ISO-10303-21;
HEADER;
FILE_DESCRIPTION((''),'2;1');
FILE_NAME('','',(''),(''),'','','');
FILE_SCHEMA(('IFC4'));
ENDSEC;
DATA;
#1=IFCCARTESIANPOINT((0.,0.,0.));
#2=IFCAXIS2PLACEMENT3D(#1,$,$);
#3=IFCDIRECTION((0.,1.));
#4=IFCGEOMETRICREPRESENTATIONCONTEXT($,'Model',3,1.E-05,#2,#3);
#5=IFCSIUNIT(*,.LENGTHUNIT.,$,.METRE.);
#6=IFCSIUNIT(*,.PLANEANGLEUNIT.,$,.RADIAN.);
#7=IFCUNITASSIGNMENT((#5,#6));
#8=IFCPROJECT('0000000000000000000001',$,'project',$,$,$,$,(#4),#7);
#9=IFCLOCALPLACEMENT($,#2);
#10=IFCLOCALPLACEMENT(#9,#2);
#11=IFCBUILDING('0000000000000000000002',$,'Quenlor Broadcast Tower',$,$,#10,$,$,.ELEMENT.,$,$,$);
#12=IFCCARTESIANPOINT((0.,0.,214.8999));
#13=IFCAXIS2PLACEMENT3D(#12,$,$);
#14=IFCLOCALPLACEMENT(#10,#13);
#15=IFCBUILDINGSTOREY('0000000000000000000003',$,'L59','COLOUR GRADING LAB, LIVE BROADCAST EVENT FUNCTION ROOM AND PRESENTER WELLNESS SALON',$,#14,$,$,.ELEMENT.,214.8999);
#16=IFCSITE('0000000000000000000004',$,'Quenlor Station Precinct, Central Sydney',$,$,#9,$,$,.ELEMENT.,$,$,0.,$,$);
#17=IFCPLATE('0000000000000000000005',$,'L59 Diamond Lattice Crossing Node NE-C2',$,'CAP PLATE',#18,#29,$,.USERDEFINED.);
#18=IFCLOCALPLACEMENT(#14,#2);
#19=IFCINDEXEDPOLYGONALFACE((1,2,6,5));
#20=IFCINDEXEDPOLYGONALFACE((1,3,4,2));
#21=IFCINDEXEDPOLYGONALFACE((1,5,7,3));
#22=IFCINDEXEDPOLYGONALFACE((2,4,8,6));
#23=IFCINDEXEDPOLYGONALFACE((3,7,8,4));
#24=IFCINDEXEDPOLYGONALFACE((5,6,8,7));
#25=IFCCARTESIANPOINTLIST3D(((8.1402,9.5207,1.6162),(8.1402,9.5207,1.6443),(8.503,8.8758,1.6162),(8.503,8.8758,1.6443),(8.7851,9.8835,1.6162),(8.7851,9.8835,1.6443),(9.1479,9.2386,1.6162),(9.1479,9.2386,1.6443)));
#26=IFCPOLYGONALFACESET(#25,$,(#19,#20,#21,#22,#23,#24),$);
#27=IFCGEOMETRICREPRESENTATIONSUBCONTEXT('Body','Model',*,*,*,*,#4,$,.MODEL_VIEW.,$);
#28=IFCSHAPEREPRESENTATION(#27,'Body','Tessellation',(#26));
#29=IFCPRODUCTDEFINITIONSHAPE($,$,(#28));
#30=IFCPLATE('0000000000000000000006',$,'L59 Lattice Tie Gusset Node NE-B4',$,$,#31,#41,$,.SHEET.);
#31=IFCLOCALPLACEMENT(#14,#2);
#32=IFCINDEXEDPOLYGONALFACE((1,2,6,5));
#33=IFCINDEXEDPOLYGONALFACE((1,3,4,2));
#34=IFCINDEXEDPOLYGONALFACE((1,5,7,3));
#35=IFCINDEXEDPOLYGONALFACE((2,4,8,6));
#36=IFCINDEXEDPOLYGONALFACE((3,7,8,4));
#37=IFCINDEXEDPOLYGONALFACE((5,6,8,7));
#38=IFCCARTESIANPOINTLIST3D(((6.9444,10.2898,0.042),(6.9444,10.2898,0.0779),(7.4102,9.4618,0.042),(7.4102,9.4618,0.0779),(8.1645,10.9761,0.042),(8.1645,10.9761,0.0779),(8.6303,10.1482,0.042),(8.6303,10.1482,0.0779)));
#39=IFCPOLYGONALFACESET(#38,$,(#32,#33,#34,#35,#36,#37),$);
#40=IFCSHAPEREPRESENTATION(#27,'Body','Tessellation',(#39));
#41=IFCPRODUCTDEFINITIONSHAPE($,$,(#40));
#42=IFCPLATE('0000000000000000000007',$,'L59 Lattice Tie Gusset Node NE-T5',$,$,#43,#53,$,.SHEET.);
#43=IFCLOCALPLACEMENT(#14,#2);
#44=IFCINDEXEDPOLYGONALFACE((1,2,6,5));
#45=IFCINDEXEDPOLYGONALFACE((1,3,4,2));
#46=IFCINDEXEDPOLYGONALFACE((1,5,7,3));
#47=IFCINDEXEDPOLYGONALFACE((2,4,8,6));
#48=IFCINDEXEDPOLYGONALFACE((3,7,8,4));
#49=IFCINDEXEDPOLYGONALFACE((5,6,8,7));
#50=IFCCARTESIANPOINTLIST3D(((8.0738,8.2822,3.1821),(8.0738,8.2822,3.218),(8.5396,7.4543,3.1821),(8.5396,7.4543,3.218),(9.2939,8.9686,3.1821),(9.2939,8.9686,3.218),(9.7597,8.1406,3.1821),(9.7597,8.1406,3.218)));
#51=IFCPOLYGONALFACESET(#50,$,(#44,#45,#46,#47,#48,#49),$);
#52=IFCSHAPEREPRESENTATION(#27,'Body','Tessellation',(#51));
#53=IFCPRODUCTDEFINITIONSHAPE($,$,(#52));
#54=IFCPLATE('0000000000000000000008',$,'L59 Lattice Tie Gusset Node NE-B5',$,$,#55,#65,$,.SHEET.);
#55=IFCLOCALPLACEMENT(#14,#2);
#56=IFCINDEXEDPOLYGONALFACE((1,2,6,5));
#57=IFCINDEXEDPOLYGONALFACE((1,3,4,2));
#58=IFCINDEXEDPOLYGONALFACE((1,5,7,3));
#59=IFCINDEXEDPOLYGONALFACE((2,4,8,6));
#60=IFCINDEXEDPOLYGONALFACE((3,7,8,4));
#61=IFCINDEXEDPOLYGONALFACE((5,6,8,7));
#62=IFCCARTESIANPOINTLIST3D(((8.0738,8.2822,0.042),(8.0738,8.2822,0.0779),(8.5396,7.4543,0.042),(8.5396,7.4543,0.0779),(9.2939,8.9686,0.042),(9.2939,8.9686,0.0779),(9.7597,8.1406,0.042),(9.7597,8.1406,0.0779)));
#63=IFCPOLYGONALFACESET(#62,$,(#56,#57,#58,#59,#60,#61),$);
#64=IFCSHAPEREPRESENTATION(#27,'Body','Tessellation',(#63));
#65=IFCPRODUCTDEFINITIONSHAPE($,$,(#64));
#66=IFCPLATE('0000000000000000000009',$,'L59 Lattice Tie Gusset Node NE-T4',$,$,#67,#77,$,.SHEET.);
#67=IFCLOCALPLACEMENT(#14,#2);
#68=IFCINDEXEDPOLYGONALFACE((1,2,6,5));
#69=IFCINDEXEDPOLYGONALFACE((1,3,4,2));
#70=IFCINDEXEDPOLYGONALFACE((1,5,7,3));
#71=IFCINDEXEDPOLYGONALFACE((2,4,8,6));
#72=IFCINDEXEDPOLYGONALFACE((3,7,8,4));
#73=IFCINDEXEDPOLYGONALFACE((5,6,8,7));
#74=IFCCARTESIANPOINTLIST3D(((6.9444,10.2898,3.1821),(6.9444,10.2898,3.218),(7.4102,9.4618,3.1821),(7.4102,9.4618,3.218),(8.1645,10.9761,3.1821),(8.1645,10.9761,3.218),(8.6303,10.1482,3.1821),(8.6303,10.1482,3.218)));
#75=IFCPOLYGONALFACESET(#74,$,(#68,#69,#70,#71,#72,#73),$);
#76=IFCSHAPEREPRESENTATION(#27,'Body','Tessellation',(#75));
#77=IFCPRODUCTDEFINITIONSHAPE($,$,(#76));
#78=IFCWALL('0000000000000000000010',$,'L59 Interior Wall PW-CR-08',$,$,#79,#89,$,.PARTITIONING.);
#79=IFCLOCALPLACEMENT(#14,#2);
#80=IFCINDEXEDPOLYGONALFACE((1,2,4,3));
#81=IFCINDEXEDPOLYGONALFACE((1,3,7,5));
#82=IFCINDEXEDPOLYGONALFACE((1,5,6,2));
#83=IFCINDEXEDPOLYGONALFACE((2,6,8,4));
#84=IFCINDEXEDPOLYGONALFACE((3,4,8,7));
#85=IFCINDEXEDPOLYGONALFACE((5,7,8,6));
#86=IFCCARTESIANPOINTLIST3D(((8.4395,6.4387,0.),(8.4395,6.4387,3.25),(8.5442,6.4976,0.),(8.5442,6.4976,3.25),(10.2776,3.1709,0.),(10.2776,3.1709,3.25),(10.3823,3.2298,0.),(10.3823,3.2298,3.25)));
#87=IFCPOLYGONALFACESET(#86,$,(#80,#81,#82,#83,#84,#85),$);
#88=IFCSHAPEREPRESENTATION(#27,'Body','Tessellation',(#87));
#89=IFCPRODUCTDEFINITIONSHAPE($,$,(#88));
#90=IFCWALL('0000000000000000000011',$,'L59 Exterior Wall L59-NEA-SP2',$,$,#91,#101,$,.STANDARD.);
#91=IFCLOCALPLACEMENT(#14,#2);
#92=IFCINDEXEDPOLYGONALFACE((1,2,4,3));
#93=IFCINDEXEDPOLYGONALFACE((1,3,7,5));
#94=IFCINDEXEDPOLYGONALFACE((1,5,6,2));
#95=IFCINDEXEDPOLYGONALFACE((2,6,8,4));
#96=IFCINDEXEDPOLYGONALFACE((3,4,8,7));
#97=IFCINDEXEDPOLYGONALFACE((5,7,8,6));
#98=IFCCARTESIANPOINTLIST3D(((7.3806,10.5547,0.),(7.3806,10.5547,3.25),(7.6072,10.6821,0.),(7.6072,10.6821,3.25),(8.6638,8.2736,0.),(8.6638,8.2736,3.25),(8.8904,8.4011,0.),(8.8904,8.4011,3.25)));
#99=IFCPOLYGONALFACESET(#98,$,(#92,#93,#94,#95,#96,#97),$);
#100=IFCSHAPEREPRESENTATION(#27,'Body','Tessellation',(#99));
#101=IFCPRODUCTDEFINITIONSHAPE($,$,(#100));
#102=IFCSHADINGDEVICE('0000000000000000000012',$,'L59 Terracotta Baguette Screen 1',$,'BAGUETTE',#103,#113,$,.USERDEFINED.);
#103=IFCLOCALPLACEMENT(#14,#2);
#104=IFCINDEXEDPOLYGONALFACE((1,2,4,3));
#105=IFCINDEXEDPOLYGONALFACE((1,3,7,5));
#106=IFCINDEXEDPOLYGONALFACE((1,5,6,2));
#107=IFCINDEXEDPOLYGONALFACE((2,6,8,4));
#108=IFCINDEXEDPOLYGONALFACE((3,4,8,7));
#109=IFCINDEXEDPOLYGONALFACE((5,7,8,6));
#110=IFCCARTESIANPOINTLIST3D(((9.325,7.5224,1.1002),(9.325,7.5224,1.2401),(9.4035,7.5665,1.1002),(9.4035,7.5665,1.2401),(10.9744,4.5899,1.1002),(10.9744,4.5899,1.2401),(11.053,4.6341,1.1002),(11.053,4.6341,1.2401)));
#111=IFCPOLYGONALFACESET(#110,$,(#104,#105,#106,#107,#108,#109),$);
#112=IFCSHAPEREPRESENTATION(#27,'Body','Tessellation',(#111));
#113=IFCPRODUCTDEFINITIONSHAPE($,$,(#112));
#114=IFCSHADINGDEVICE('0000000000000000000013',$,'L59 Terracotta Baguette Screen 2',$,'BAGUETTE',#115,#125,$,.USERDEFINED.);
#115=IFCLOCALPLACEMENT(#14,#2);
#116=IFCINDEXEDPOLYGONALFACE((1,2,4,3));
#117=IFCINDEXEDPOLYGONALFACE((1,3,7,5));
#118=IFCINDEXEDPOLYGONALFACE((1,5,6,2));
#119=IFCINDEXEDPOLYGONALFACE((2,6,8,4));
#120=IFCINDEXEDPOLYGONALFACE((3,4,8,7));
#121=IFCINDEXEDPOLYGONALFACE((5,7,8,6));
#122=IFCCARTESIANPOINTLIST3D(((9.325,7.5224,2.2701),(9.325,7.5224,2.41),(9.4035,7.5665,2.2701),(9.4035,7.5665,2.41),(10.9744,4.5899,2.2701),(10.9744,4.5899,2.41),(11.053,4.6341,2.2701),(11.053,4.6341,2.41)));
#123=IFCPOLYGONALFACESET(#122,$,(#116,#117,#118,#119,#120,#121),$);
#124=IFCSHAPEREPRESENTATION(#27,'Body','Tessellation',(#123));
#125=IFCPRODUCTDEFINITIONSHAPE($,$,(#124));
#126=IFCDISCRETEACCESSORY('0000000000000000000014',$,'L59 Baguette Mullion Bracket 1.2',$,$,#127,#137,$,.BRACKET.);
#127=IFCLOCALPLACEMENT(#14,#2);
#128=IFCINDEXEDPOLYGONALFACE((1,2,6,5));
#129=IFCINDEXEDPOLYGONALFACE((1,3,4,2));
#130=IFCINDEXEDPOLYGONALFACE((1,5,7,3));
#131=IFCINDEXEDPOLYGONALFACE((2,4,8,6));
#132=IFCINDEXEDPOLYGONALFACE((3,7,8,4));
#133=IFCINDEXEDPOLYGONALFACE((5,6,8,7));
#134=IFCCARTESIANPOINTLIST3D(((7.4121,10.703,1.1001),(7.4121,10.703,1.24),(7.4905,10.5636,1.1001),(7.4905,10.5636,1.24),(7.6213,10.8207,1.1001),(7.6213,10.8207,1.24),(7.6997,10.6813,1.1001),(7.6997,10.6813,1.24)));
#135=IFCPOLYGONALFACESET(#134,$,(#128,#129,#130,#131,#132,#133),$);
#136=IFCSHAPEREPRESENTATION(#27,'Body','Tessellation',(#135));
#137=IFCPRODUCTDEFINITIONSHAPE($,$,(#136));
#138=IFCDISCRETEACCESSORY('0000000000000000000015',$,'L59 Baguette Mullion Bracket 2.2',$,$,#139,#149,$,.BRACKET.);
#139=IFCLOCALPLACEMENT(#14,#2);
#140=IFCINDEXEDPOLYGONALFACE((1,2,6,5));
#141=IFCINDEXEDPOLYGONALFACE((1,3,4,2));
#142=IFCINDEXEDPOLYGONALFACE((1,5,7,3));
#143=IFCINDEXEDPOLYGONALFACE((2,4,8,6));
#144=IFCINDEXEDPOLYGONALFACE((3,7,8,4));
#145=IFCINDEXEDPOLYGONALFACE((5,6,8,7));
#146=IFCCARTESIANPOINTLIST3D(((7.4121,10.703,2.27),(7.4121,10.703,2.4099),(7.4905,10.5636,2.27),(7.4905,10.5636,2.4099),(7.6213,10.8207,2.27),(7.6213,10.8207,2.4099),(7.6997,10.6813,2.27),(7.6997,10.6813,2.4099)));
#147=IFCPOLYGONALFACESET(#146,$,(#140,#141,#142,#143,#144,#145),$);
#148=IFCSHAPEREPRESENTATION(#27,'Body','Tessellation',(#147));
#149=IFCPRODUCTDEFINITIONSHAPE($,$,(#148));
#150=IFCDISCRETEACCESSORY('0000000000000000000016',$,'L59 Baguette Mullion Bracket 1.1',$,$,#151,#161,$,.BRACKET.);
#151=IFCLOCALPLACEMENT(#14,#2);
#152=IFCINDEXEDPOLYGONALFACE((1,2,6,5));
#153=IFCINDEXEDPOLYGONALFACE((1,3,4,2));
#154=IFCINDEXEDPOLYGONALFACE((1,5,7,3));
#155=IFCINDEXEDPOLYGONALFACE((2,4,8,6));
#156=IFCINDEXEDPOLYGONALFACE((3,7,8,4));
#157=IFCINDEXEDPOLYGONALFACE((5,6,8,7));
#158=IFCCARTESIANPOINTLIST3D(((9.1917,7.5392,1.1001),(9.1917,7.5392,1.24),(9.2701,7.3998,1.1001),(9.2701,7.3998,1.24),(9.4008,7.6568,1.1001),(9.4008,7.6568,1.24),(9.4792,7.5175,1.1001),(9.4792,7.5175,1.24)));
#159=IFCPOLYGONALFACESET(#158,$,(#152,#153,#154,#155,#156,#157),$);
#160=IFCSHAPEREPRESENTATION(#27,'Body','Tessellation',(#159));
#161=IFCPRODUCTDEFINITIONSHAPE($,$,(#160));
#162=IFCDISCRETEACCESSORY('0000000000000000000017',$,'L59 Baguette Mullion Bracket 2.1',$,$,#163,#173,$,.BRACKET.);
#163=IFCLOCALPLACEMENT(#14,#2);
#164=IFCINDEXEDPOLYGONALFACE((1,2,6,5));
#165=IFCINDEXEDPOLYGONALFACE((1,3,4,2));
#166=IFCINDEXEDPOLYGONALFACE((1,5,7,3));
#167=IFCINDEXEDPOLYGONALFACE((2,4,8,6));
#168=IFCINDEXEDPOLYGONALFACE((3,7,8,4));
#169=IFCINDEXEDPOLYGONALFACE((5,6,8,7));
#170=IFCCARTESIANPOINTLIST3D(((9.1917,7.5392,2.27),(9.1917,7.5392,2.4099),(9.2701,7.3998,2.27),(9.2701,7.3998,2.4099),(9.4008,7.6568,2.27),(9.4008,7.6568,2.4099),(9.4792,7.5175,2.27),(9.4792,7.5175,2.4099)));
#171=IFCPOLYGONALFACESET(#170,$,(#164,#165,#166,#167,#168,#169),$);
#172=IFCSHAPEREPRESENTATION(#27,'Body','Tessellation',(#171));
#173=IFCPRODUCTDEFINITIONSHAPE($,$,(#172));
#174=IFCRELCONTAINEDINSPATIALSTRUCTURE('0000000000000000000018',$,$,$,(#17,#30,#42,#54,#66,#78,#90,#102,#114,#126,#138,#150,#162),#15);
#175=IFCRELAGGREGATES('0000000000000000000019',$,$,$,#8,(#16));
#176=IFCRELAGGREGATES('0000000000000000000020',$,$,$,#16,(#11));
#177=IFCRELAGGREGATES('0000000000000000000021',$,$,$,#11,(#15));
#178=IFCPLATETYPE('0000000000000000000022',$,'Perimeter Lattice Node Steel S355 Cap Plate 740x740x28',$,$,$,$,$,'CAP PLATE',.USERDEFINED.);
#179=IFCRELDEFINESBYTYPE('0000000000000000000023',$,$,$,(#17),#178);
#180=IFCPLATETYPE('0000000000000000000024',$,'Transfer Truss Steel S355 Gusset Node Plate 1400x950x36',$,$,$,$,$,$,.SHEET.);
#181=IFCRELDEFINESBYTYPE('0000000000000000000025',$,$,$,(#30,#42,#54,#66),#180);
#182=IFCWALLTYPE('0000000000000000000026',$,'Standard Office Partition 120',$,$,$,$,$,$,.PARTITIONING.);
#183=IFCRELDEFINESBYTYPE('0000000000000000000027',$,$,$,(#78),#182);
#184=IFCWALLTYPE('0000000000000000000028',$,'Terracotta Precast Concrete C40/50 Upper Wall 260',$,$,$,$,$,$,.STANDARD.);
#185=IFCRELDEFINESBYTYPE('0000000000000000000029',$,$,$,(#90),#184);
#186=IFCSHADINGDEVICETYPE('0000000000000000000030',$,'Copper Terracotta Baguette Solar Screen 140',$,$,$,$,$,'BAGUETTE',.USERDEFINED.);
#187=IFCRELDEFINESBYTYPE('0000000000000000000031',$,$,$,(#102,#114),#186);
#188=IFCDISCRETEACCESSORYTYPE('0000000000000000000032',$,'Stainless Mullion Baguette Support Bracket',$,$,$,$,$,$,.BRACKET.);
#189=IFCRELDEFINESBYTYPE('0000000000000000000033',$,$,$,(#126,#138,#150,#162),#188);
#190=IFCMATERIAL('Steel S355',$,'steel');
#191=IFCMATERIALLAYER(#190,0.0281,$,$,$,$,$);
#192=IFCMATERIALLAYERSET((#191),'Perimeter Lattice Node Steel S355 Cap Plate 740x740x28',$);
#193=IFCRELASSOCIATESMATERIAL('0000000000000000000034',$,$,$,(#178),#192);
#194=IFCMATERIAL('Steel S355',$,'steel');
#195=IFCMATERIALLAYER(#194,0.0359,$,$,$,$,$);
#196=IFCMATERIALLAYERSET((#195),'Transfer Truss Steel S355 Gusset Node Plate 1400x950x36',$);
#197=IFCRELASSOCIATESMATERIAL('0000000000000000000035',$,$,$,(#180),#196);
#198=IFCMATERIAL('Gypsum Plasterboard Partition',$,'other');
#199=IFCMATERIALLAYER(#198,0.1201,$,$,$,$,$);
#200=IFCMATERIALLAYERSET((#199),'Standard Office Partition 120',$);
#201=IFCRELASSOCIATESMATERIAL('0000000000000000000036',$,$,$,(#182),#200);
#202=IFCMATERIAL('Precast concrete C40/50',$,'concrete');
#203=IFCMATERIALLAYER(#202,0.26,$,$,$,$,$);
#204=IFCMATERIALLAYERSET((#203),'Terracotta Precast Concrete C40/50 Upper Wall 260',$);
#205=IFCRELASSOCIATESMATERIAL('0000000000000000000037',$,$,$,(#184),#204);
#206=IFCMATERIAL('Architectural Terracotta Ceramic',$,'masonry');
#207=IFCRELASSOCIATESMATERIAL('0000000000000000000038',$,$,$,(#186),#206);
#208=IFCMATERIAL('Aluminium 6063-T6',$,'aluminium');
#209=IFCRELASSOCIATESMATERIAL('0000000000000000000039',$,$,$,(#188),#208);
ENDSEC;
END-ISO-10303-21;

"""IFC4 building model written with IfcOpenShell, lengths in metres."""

from ifc_helpers import new_model, si_unit, direction, frame, frame_2d, origin, origin_2d, place, context, subcontext, project, spatial, rectangle, extrude, material, layer, layer_set, material_profile, profile_set, type_object, element, save


model = new_model("IFC4")

# Units and contexts
model_context = context("Model", 3, precision=1e-05, world=origin(), true_north=direction((0.0, 1.0)))
body_context = subcontext(model_context, "Body", "Model", "MODEL_VIEW")
ifc_project = project(units=[si_unit("LENGTHUNIT", "METRE"), si_unit("PLANEANGLEUNIT", "RADIAN")], contexts=[model_context])

# Site, building, storey
site_placement = place(None, origin())
site = spatial("IfcSite", under=ifc_project, at=site_placement, Name="Quenlor Station Precinct, Central Sydney", CompositionType="ELEMENT", RefElevation=0.0)
building_placement = place(site_placement, origin())
building = spatial("IfcBuilding", under=site, at=building_placement, Name="Quenlor Broadcast Tower", CompositionType="ELEMENT")
storey_placement = place(building_placement, frame((0.0, 0.0, 214.8999)))
storey = spatial("IfcBuildingStorey", under=building, at=storey_placement, Name="L59", Description="COLOUR GRADING LAB, LIVE BROADCAST EVENT FUNCTION ROOM AND PRESENTER WELLNESS SALON", CompositionType="ELEMENT", Elevation=214.8999)

# Plates
ifc_material_1 = material(Name="Steel S355", Category="steel")
ifc_layer_1 = layer(ifc_material_1, 0.0281)
ifc_layer_set_1 = layer_set([ifc_layer_1], Name="Perimeter Lattice Node Steel S355 Cap Plate 740x740x28")
plate_type_1 = type_object("IfcPlateType", Name="Perimeter Lattice Node Steel S355 Cap Plate 740x740x28", ElementType="CAP PLATE", PredefinedType="USERDEFINED", material=ifc_layer_set_1)
plate_1_placement = place(storey_placement, frame((8.644, 9.3796, 1.6162), z_axis=(0.0, 0.0, 1.0), x_axis=(0.490295, -0.871556, 0.0)))
element("IfcPlate", 1, at=plate_1_placement, inside=storey, type_object=plate_type_1, Name="L59 Diamond Lattice Crossing Node NE-C2", ObjectType="CAP PLATE", PredefinedType="USERDEFINED", context=body_context, shape_type="SweptSolid", body=[
    extrude(rectangle(XDim=0.74, YDim=0.74, at=origin_2d()), origin(), (0.0, 0.0, 1.0), 0.0281),
])
ifc_material_2 = material(Name="Steel S355", Category="steel")
ifc_layer_2 = layer(ifc_material_2, 0.0359)
ifc_layer_set_2 = layer_set([ifc_layer_2], Name="Transfer Truss Steel S355 Gusset Node Plate 1400x950x36")
plate_type_2 = type_object("IfcPlateType", Name="Transfer Truss Steel S355 Gusset Node Plate 1400x950x36", PredefinedType="SHEET", material=ifc_layer_set_2)
for number, where, z_axis, x_axis, name in (
    (2, (7.7874, 10.219, 0.042), (0.0, 0.0, 1.0), (0.871556, 0.490295, 0.0), "L59 Lattice Tie Gusset Node NE-B4"),
    (3, (8.9167, 8.2114, 3.1821), (0.0, 0.0, 1.0), (0.871556, 0.490295, 0.0), "L59 Lattice Tie Gusset Node NE-T5"),
    (4, (8.9167, 8.2114, 0.042), (0.0, 0.0, 1.0), (0.871556, 0.490295, 0.0), "L59 Lattice Tie Gusset Node NE-B5"),
    (5, (7.7874, 10.219, 3.1821), (0.0, 0.0, 1.0), (0.871556, 0.490295, 0.0), "L59 Lattice Tie Gusset Node NE-T4"),
):
    element("IfcPlate", number, at=place(storey_placement, frame(where, z_axis=z_axis, x_axis=x_axis)), inside=storey, type_object=plate_type_2, Name=name, PredefinedType="SHEET", context=body_context, shape_type="SweptSolid", body=[
        extrude(rectangle(XDim=1.3999, YDim=0.95, at=origin_2d()), origin(), (0.0, 0.0, 1.0), 0.0359),
    ])

# Walls
ifc_material_3 = material(Name="Gypsum Plasterboard Partition", Category="other")
ifc_layer_3 = layer(ifc_material_3, 0.1201)
ifc_layer_set_3 = layer_set([ifc_layer_3], Name="Standard Office Partition 120")
wall_type_1 = type_object("IfcWallType", Name="Standard Office Partition 120", PredefinedType="PARTITIONING", material=ifc_layer_set_3)
wall_1_placement = place(storey_placement, frame((8.4919, 6.468, 0.0), z_axis=(0.0, 0.0, 1.0), x_axis=(0.490258, -0.871577, 0.0)))
element("IfcWall", 6, at=wall_1_placement, inside=storey, type_object=wall_type_1, Name="L59 Interior Wall PW-CR-08", PredefinedType="PARTITIONING", context=body_context, shape_type="SweptSolid", body=[
    extrude(rectangle(XDim=3.7493, YDim=0.1201, at=frame_2d((1.8745, 0.0))), origin(), (0.0, 0.0, 1.0), 3.25),
])
ifc_material_4 = material(Name="Precast concrete C40/50", Category="concrete")
ifc_layer_4 = layer(ifc_material_4, 0.26)
ifc_layer_set_4 = layer_set([ifc_layer_4], Name="Terracotta Precast Concrete C40/50 Upper Wall 260")
wall_type_2 = type_object("IfcWallType", Name="Terracotta Precast Concrete C40/50 Upper Wall 260", PredefinedType="STANDARD", material=ifc_layer_set_4)
wall_2_placement = place(storey_placement, frame((7.4939, 10.6184, 0.0), z_axis=(0.0, 0.0, 1.0), x_axis=(0.490301, -0.871553, 0.0)))
element("IfcWall", 7, at=wall_2_placement, inside=storey, type_object=wall_type_2, Name="L59 Exterior Wall L59-NEA-SP2", PredefinedType="STANDARD", context=body_context, shape_type="SweptSolid", body=[
    extrude(rectangle(XDim=2.6172, YDim=0.26, at=frame_2d((1.3086, 0.0))), origin(), (0.0, 0.0, 1.0), 3.25),
])

# Shading devices
ifc_material_5 = material(Name="Architectural Terracotta Ceramic", Category="masonry")
ifc_material_profile_1 = material_profile(ifc_material_5, rectangle(XDim=0.0901, YDim=0.1399, at=origin_2d()))
ifc_profile_set_1 = profile_set([ifc_material_profile_1], Name="Architectural Terracotta Ceramic BAG90x140")
shading_device_type = type_object("IfcShadingDeviceType", Name="Copper Terracotta Baguette Solar Screen 140", ElementType="BAGUETTE", PredefinedType="USERDEFINED", material=ifc_profile_set_1)
for number, where, z_axis, x_axis, name in (
    (8, (9.3643, 7.5444, 1.1702), (0.490251, -0.871581, 0.0), (0.871581, 0.490251, 0.0), "L59 Terracotta Baguette Screen 1"),
    (9, (9.3643, 7.5444, 2.3401), (0.490251, -0.871581, 0.0), (0.871581, 0.490251, 0.0), "L59 Terracotta Baguette Screen 2"),
):
    element("IfcShadingDevice", number, at=place(storey_placement, frame(where, z_axis=z_axis, x_axis=x_axis)), inside=storey, type_object=shading_device_type, Name=name, ObjectType="BAGUETTE", PredefinedType="USERDEFINED", context=body_context, shape_type="SweptSolid", body=[
        extrude(rectangle(XDim=0.0901, YDim=0.1399, at=origin_2d()), origin(), (0.0, 0.0, 1.0), 3.3645),
    ])

# Discrete accessories
ifc_material_6 = material(Name="Aluminium 6063-T6", Category="aluminium")
discrete_accessory_type = type_object("IfcDiscreteAccessoryType", Name="Stainless Mullion Baguette Support Bracket", PredefinedType="BRACKET", material=ifc_material_6)
for number, where, z_axis, x_axis, name in (
    (10, (7.5559, 10.6921, 1.1001), (0.0, 0.0, 1.0), (0.49026, -0.871576, 0.0), "L59 Baguette Mullion Bracket 1.2"),
    (11, (7.5559, 10.6921, 2.27), (0.0, 0.0, 1.0), (0.49026, -0.871576, 0.0), "L59 Baguette Mullion Bracket 2.2"),
    (12, (9.3354, 7.5283, 1.1001), (0.0, 0.0, 1.0), (0.490257, -0.871578, 0.0), "L59 Baguette Mullion Bracket 1.1"),
    (13, (9.3354, 7.5283, 2.27), (0.0, 0.0, 1.0), (0.490257, -0.871578, 0.0), "L59 Baguette Mullion Bracket 2.1"),
):
    element("IfcDiscreteAccessory", number, at=place(storey_placement, frame(where, z_axis=z_axis, x_axis=x_axis)), inside=storey, type_object=discrete_accessory_type, Name=name, PredefinedType="BRACKET", context=body_context, shape_type="SweptSolid", body=[
        extrude(rectangle(XDim=0.1599, YDim=0.24, at=origin_2d()), origin(), (0.0, 0.0, 1.0), 0.1399),
    ])

save(model, "model.ifc")
